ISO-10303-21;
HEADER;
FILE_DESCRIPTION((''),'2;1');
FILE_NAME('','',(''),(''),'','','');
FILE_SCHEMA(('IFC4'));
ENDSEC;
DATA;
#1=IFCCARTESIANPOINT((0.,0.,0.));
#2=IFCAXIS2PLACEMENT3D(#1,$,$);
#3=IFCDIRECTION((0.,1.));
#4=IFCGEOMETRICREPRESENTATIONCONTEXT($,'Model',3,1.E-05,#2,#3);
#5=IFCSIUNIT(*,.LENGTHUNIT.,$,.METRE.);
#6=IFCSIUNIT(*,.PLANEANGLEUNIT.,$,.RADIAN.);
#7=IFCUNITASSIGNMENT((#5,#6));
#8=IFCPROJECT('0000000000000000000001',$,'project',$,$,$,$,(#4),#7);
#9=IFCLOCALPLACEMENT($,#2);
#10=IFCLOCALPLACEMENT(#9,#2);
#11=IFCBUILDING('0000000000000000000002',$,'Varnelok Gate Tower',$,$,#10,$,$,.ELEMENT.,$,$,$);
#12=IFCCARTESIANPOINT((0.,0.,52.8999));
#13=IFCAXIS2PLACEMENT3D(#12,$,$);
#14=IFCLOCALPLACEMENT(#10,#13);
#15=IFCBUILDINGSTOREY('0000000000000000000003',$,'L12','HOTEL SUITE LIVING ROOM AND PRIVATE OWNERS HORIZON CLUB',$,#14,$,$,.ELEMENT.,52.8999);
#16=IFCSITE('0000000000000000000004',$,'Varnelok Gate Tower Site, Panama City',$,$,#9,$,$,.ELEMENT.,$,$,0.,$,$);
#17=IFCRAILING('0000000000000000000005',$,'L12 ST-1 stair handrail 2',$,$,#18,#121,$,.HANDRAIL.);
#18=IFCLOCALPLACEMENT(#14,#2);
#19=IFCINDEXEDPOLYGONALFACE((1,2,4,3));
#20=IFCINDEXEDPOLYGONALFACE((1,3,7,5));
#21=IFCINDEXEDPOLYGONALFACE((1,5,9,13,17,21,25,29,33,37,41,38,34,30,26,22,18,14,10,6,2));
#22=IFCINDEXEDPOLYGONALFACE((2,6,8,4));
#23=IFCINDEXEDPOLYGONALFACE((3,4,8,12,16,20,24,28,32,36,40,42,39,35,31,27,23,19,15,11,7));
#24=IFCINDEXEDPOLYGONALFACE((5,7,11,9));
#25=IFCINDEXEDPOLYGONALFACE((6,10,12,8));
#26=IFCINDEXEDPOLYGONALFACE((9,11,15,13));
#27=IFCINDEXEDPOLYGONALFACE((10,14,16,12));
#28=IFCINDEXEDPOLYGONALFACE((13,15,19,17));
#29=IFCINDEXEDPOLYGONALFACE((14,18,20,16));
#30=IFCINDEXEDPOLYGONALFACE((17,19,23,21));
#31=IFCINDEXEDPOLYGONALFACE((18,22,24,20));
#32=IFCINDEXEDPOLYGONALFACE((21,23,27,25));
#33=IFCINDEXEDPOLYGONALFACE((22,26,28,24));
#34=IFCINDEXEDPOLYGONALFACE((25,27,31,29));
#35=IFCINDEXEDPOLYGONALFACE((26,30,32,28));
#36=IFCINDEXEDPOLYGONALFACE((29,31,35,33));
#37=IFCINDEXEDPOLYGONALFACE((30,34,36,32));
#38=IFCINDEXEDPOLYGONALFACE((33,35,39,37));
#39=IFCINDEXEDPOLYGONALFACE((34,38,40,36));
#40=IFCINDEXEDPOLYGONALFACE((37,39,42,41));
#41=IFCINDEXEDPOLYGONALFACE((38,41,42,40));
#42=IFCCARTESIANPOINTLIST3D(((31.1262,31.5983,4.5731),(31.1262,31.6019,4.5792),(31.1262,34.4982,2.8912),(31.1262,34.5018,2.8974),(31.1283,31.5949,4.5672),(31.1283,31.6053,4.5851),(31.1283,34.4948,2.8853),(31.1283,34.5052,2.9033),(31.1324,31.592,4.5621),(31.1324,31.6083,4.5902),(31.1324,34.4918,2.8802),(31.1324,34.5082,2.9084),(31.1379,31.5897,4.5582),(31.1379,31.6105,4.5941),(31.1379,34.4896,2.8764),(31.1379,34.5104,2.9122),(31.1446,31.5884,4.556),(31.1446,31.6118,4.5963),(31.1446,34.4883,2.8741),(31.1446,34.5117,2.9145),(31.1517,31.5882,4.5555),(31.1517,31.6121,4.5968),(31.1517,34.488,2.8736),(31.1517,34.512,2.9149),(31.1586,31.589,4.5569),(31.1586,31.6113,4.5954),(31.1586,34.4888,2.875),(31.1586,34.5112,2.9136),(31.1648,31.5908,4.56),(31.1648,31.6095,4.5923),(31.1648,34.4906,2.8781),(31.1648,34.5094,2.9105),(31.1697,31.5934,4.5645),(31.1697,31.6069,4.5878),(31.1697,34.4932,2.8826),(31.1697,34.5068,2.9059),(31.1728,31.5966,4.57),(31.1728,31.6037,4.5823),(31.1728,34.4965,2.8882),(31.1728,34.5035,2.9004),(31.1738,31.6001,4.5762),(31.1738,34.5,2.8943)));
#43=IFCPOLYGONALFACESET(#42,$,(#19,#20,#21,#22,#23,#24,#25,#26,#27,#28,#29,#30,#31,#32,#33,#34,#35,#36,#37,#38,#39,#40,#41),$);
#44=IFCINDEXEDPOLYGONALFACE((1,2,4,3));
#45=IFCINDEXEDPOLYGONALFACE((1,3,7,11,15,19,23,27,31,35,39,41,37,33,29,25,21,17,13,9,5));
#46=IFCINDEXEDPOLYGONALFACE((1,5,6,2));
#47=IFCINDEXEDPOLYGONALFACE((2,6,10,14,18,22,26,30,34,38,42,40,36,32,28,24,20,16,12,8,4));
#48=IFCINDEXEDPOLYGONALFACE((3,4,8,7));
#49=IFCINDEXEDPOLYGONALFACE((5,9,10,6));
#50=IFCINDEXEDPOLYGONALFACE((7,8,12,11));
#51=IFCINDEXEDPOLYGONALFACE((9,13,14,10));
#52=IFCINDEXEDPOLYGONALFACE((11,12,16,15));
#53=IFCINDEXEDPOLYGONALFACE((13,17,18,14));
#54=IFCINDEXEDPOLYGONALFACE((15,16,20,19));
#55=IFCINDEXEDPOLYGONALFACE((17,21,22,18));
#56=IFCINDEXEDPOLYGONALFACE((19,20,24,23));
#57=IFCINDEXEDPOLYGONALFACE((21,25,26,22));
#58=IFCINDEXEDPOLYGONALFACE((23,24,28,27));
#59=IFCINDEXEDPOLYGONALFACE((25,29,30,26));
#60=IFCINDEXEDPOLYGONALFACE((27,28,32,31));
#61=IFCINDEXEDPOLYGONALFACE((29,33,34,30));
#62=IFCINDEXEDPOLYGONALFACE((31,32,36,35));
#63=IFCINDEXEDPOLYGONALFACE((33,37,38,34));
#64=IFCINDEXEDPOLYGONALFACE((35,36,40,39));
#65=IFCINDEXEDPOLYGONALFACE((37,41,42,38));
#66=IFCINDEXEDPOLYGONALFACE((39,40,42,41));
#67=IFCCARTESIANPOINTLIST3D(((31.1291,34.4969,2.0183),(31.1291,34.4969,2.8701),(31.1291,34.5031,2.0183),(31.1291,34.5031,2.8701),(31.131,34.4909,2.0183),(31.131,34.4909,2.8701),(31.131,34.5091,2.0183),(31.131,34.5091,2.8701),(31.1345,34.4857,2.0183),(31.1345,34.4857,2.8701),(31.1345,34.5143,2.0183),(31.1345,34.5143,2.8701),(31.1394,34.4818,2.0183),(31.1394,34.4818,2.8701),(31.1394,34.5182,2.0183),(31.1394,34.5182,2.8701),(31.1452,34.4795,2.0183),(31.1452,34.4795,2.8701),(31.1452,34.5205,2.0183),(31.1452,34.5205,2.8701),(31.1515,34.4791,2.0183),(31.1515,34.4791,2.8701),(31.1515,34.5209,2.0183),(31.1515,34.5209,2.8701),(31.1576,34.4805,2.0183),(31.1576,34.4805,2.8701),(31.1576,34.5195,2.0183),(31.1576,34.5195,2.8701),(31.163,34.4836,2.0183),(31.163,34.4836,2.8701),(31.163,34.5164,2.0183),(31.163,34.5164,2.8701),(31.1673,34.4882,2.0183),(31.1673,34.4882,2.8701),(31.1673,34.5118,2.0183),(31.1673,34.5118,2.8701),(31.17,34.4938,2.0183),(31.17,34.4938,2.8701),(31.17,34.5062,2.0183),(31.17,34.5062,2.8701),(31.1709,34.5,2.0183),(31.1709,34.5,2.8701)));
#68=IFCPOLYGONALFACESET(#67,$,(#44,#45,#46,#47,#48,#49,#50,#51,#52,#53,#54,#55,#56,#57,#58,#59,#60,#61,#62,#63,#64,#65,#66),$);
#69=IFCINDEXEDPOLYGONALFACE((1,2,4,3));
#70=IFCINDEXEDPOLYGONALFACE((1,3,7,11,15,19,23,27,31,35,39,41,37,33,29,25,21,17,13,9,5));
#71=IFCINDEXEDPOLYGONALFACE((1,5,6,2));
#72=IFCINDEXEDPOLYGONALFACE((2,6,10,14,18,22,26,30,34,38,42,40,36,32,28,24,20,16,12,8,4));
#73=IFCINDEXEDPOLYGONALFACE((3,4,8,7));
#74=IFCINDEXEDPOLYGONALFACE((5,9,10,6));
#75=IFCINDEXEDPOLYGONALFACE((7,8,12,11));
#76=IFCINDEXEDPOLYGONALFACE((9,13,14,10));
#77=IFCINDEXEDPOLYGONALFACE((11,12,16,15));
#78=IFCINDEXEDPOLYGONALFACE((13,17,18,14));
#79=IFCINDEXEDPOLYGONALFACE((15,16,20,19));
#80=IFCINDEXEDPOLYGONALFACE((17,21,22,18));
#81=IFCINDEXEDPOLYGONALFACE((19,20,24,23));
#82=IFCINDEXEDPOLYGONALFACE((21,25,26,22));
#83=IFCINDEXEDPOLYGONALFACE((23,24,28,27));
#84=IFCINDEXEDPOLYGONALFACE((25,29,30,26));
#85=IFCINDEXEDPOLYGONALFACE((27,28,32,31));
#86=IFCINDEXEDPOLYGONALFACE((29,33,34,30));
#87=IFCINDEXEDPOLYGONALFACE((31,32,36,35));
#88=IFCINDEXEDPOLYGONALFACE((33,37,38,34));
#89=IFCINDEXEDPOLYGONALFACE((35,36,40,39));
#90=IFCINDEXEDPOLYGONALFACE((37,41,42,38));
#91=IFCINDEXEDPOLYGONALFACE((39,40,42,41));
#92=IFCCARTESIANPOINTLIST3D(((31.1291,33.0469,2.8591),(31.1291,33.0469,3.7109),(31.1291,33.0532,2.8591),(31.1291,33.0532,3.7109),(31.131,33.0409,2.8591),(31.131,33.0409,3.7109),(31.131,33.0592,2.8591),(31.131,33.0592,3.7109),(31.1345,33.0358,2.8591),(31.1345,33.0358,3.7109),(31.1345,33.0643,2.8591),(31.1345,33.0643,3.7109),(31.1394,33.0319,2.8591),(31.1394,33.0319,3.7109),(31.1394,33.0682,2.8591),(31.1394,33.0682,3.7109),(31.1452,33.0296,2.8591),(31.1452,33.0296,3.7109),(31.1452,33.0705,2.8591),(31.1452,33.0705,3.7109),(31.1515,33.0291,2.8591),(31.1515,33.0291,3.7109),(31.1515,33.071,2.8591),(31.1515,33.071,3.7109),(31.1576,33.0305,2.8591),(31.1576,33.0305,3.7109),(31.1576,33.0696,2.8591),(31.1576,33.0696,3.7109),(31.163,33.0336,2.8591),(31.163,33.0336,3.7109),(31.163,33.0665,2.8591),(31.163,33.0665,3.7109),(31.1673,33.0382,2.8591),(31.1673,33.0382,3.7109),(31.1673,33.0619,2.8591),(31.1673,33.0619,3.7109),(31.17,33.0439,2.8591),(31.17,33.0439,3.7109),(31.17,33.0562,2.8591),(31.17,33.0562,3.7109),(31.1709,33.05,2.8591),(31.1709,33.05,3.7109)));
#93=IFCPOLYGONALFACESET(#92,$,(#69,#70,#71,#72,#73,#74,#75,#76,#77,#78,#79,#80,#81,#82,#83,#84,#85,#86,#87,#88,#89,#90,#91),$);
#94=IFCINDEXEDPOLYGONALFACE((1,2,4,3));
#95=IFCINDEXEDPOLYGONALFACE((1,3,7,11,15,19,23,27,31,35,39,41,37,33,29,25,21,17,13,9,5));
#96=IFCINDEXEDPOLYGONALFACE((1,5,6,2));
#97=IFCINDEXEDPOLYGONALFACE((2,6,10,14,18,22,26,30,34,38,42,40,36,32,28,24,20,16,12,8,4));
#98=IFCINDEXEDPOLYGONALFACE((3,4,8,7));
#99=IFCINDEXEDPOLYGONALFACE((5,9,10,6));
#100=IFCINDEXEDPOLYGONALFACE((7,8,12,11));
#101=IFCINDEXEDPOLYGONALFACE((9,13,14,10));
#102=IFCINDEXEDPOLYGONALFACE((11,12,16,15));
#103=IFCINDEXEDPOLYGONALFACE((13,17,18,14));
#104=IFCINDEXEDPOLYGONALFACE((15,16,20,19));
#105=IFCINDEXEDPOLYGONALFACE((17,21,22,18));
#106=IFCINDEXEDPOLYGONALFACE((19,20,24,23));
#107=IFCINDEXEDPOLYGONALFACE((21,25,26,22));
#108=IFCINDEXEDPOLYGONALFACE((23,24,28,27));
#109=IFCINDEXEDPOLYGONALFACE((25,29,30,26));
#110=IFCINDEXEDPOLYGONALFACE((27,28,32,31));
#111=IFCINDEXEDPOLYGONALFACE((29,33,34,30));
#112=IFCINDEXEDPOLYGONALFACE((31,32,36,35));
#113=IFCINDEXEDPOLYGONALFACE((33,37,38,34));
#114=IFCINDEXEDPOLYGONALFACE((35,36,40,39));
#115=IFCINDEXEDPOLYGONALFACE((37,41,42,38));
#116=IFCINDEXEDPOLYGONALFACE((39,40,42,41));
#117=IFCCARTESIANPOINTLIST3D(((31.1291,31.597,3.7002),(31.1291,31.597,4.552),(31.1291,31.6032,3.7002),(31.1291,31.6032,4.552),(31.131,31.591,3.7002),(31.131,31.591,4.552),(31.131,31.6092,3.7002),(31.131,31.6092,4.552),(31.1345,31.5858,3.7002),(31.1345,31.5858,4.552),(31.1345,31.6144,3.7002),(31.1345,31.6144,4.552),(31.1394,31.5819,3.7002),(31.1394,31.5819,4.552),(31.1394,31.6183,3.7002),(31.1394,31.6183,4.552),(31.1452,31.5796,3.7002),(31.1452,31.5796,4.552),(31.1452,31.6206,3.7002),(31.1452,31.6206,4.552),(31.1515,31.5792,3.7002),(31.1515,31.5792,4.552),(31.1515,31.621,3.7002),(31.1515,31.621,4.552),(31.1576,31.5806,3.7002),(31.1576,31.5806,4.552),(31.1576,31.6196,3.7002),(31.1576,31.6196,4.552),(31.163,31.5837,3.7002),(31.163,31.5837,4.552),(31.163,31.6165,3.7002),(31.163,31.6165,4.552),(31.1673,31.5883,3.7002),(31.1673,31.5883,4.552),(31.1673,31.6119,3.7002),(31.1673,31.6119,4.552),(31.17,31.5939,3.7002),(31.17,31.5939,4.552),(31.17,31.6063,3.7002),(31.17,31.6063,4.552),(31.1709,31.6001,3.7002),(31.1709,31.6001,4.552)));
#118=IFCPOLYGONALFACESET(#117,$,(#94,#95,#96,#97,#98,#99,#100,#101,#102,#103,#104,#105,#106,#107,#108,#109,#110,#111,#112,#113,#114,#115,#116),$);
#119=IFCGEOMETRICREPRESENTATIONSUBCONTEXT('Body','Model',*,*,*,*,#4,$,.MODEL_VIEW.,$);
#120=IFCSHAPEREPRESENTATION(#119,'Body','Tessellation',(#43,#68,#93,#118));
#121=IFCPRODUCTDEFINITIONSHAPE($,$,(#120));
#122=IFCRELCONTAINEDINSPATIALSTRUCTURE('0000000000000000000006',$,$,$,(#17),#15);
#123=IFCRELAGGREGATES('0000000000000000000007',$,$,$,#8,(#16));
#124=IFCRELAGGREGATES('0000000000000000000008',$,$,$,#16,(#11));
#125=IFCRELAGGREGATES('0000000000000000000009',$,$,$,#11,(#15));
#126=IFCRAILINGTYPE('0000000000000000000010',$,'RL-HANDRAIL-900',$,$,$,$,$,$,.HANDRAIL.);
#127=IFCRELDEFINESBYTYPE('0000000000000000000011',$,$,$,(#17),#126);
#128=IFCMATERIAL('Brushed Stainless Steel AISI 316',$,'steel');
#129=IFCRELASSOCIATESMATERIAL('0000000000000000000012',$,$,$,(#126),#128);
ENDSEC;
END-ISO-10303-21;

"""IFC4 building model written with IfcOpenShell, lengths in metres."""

from ifc_helpers import new_model, si_unit, direction, frame, origin, origin_2d, place, context, subcontext, project, spatial, circle, extrude, material, type_object, element, save


model = new_model("IFC4")

# Units and contexts
model_context = context("Model", 3, precision=1e-05, world=origin(), true_north=direction((0.0, 1.0)))
body_context = subcontext(model_context, "Body", "Model", "MODEL_VIEW")
ifc_project = project(units=[si_unit("LENGTHUNIT", "METRE"), si_unit("PLANEANGLEUNIT", "RADIAN")], contexts=[model_context])

# Site, building, storey
site_placement = place(None, origin())
site = spatial("IfcSite", under=ifc_project, at=site_placement, Name="Varnelok Gate Tower Site, Panama City", CompositionType="ELEMENT", RefElevation=0.0)
building_placement = place(site_placement, origin())
building = spatial("IfcBuilding", under=site, at=building_placement, Name="Varnelok Gate Tower", CompositionType="ELEMENT")
storey_placement = place(building_placement, frame((0.0, 0.0, 52.8999)))
storey = spatial("IfcBuildingStorey", under=building, at=storey_placement, Name="L12", Description="HOTEL SUITE LIVING ROOM AND PRIVATE OWNERS HORIZON CLUB", CompositionType="ELEMENT", Elevation=52.8999)

# Railing
ifc_material_1 = material(Name="Brushed Stainless Steel AISI 316", Category="steel")
railing_type_1 = type_object("IfcRailingType", Name="RL-HANDRAIL-900", PredefinedType="HANDRAIL", material=ifc_material_1)
railing_1_placement = place(storey_placement, frame((31.1499, 34.5, 2.0183)))
element("IfcRailing", 1, at=railing_1_placement, inside=storey, type_object=railing_type_1, Name="L12 ST-1 stair handrail 2", PredefinedType="HANDRAIL", context=body_context, shape_type="SweptSolid", body=[
    extrude(circle(Radius=0.0239, at=origin_2d()), frame((0.0, 0.0, 0.876), z_axis=(0.0, -0.865039, 0.501705), x_axis=(1.0, 0.0, 0.0)), (0.0, 0.0, 1.0), 3.3523),
    extrude(circle(Radius=0.021, at=origin_2d()), origin(), (0.0, 0.0, 1.0), 0.8518),
    extrude(circle(Radius=0.021, at=origin_2d()), frame((0.0, -1.45, 0.8408)), (0.0, 0.0, 1.0), 0.8518),
    extrude(circle(Radius=0.021, at=origin_2d()), frame((0.0, -2.8999, 1.6819)), (0.0, 0.0, 1.0), 0.8518),
])

save(model, "model.ifc")
